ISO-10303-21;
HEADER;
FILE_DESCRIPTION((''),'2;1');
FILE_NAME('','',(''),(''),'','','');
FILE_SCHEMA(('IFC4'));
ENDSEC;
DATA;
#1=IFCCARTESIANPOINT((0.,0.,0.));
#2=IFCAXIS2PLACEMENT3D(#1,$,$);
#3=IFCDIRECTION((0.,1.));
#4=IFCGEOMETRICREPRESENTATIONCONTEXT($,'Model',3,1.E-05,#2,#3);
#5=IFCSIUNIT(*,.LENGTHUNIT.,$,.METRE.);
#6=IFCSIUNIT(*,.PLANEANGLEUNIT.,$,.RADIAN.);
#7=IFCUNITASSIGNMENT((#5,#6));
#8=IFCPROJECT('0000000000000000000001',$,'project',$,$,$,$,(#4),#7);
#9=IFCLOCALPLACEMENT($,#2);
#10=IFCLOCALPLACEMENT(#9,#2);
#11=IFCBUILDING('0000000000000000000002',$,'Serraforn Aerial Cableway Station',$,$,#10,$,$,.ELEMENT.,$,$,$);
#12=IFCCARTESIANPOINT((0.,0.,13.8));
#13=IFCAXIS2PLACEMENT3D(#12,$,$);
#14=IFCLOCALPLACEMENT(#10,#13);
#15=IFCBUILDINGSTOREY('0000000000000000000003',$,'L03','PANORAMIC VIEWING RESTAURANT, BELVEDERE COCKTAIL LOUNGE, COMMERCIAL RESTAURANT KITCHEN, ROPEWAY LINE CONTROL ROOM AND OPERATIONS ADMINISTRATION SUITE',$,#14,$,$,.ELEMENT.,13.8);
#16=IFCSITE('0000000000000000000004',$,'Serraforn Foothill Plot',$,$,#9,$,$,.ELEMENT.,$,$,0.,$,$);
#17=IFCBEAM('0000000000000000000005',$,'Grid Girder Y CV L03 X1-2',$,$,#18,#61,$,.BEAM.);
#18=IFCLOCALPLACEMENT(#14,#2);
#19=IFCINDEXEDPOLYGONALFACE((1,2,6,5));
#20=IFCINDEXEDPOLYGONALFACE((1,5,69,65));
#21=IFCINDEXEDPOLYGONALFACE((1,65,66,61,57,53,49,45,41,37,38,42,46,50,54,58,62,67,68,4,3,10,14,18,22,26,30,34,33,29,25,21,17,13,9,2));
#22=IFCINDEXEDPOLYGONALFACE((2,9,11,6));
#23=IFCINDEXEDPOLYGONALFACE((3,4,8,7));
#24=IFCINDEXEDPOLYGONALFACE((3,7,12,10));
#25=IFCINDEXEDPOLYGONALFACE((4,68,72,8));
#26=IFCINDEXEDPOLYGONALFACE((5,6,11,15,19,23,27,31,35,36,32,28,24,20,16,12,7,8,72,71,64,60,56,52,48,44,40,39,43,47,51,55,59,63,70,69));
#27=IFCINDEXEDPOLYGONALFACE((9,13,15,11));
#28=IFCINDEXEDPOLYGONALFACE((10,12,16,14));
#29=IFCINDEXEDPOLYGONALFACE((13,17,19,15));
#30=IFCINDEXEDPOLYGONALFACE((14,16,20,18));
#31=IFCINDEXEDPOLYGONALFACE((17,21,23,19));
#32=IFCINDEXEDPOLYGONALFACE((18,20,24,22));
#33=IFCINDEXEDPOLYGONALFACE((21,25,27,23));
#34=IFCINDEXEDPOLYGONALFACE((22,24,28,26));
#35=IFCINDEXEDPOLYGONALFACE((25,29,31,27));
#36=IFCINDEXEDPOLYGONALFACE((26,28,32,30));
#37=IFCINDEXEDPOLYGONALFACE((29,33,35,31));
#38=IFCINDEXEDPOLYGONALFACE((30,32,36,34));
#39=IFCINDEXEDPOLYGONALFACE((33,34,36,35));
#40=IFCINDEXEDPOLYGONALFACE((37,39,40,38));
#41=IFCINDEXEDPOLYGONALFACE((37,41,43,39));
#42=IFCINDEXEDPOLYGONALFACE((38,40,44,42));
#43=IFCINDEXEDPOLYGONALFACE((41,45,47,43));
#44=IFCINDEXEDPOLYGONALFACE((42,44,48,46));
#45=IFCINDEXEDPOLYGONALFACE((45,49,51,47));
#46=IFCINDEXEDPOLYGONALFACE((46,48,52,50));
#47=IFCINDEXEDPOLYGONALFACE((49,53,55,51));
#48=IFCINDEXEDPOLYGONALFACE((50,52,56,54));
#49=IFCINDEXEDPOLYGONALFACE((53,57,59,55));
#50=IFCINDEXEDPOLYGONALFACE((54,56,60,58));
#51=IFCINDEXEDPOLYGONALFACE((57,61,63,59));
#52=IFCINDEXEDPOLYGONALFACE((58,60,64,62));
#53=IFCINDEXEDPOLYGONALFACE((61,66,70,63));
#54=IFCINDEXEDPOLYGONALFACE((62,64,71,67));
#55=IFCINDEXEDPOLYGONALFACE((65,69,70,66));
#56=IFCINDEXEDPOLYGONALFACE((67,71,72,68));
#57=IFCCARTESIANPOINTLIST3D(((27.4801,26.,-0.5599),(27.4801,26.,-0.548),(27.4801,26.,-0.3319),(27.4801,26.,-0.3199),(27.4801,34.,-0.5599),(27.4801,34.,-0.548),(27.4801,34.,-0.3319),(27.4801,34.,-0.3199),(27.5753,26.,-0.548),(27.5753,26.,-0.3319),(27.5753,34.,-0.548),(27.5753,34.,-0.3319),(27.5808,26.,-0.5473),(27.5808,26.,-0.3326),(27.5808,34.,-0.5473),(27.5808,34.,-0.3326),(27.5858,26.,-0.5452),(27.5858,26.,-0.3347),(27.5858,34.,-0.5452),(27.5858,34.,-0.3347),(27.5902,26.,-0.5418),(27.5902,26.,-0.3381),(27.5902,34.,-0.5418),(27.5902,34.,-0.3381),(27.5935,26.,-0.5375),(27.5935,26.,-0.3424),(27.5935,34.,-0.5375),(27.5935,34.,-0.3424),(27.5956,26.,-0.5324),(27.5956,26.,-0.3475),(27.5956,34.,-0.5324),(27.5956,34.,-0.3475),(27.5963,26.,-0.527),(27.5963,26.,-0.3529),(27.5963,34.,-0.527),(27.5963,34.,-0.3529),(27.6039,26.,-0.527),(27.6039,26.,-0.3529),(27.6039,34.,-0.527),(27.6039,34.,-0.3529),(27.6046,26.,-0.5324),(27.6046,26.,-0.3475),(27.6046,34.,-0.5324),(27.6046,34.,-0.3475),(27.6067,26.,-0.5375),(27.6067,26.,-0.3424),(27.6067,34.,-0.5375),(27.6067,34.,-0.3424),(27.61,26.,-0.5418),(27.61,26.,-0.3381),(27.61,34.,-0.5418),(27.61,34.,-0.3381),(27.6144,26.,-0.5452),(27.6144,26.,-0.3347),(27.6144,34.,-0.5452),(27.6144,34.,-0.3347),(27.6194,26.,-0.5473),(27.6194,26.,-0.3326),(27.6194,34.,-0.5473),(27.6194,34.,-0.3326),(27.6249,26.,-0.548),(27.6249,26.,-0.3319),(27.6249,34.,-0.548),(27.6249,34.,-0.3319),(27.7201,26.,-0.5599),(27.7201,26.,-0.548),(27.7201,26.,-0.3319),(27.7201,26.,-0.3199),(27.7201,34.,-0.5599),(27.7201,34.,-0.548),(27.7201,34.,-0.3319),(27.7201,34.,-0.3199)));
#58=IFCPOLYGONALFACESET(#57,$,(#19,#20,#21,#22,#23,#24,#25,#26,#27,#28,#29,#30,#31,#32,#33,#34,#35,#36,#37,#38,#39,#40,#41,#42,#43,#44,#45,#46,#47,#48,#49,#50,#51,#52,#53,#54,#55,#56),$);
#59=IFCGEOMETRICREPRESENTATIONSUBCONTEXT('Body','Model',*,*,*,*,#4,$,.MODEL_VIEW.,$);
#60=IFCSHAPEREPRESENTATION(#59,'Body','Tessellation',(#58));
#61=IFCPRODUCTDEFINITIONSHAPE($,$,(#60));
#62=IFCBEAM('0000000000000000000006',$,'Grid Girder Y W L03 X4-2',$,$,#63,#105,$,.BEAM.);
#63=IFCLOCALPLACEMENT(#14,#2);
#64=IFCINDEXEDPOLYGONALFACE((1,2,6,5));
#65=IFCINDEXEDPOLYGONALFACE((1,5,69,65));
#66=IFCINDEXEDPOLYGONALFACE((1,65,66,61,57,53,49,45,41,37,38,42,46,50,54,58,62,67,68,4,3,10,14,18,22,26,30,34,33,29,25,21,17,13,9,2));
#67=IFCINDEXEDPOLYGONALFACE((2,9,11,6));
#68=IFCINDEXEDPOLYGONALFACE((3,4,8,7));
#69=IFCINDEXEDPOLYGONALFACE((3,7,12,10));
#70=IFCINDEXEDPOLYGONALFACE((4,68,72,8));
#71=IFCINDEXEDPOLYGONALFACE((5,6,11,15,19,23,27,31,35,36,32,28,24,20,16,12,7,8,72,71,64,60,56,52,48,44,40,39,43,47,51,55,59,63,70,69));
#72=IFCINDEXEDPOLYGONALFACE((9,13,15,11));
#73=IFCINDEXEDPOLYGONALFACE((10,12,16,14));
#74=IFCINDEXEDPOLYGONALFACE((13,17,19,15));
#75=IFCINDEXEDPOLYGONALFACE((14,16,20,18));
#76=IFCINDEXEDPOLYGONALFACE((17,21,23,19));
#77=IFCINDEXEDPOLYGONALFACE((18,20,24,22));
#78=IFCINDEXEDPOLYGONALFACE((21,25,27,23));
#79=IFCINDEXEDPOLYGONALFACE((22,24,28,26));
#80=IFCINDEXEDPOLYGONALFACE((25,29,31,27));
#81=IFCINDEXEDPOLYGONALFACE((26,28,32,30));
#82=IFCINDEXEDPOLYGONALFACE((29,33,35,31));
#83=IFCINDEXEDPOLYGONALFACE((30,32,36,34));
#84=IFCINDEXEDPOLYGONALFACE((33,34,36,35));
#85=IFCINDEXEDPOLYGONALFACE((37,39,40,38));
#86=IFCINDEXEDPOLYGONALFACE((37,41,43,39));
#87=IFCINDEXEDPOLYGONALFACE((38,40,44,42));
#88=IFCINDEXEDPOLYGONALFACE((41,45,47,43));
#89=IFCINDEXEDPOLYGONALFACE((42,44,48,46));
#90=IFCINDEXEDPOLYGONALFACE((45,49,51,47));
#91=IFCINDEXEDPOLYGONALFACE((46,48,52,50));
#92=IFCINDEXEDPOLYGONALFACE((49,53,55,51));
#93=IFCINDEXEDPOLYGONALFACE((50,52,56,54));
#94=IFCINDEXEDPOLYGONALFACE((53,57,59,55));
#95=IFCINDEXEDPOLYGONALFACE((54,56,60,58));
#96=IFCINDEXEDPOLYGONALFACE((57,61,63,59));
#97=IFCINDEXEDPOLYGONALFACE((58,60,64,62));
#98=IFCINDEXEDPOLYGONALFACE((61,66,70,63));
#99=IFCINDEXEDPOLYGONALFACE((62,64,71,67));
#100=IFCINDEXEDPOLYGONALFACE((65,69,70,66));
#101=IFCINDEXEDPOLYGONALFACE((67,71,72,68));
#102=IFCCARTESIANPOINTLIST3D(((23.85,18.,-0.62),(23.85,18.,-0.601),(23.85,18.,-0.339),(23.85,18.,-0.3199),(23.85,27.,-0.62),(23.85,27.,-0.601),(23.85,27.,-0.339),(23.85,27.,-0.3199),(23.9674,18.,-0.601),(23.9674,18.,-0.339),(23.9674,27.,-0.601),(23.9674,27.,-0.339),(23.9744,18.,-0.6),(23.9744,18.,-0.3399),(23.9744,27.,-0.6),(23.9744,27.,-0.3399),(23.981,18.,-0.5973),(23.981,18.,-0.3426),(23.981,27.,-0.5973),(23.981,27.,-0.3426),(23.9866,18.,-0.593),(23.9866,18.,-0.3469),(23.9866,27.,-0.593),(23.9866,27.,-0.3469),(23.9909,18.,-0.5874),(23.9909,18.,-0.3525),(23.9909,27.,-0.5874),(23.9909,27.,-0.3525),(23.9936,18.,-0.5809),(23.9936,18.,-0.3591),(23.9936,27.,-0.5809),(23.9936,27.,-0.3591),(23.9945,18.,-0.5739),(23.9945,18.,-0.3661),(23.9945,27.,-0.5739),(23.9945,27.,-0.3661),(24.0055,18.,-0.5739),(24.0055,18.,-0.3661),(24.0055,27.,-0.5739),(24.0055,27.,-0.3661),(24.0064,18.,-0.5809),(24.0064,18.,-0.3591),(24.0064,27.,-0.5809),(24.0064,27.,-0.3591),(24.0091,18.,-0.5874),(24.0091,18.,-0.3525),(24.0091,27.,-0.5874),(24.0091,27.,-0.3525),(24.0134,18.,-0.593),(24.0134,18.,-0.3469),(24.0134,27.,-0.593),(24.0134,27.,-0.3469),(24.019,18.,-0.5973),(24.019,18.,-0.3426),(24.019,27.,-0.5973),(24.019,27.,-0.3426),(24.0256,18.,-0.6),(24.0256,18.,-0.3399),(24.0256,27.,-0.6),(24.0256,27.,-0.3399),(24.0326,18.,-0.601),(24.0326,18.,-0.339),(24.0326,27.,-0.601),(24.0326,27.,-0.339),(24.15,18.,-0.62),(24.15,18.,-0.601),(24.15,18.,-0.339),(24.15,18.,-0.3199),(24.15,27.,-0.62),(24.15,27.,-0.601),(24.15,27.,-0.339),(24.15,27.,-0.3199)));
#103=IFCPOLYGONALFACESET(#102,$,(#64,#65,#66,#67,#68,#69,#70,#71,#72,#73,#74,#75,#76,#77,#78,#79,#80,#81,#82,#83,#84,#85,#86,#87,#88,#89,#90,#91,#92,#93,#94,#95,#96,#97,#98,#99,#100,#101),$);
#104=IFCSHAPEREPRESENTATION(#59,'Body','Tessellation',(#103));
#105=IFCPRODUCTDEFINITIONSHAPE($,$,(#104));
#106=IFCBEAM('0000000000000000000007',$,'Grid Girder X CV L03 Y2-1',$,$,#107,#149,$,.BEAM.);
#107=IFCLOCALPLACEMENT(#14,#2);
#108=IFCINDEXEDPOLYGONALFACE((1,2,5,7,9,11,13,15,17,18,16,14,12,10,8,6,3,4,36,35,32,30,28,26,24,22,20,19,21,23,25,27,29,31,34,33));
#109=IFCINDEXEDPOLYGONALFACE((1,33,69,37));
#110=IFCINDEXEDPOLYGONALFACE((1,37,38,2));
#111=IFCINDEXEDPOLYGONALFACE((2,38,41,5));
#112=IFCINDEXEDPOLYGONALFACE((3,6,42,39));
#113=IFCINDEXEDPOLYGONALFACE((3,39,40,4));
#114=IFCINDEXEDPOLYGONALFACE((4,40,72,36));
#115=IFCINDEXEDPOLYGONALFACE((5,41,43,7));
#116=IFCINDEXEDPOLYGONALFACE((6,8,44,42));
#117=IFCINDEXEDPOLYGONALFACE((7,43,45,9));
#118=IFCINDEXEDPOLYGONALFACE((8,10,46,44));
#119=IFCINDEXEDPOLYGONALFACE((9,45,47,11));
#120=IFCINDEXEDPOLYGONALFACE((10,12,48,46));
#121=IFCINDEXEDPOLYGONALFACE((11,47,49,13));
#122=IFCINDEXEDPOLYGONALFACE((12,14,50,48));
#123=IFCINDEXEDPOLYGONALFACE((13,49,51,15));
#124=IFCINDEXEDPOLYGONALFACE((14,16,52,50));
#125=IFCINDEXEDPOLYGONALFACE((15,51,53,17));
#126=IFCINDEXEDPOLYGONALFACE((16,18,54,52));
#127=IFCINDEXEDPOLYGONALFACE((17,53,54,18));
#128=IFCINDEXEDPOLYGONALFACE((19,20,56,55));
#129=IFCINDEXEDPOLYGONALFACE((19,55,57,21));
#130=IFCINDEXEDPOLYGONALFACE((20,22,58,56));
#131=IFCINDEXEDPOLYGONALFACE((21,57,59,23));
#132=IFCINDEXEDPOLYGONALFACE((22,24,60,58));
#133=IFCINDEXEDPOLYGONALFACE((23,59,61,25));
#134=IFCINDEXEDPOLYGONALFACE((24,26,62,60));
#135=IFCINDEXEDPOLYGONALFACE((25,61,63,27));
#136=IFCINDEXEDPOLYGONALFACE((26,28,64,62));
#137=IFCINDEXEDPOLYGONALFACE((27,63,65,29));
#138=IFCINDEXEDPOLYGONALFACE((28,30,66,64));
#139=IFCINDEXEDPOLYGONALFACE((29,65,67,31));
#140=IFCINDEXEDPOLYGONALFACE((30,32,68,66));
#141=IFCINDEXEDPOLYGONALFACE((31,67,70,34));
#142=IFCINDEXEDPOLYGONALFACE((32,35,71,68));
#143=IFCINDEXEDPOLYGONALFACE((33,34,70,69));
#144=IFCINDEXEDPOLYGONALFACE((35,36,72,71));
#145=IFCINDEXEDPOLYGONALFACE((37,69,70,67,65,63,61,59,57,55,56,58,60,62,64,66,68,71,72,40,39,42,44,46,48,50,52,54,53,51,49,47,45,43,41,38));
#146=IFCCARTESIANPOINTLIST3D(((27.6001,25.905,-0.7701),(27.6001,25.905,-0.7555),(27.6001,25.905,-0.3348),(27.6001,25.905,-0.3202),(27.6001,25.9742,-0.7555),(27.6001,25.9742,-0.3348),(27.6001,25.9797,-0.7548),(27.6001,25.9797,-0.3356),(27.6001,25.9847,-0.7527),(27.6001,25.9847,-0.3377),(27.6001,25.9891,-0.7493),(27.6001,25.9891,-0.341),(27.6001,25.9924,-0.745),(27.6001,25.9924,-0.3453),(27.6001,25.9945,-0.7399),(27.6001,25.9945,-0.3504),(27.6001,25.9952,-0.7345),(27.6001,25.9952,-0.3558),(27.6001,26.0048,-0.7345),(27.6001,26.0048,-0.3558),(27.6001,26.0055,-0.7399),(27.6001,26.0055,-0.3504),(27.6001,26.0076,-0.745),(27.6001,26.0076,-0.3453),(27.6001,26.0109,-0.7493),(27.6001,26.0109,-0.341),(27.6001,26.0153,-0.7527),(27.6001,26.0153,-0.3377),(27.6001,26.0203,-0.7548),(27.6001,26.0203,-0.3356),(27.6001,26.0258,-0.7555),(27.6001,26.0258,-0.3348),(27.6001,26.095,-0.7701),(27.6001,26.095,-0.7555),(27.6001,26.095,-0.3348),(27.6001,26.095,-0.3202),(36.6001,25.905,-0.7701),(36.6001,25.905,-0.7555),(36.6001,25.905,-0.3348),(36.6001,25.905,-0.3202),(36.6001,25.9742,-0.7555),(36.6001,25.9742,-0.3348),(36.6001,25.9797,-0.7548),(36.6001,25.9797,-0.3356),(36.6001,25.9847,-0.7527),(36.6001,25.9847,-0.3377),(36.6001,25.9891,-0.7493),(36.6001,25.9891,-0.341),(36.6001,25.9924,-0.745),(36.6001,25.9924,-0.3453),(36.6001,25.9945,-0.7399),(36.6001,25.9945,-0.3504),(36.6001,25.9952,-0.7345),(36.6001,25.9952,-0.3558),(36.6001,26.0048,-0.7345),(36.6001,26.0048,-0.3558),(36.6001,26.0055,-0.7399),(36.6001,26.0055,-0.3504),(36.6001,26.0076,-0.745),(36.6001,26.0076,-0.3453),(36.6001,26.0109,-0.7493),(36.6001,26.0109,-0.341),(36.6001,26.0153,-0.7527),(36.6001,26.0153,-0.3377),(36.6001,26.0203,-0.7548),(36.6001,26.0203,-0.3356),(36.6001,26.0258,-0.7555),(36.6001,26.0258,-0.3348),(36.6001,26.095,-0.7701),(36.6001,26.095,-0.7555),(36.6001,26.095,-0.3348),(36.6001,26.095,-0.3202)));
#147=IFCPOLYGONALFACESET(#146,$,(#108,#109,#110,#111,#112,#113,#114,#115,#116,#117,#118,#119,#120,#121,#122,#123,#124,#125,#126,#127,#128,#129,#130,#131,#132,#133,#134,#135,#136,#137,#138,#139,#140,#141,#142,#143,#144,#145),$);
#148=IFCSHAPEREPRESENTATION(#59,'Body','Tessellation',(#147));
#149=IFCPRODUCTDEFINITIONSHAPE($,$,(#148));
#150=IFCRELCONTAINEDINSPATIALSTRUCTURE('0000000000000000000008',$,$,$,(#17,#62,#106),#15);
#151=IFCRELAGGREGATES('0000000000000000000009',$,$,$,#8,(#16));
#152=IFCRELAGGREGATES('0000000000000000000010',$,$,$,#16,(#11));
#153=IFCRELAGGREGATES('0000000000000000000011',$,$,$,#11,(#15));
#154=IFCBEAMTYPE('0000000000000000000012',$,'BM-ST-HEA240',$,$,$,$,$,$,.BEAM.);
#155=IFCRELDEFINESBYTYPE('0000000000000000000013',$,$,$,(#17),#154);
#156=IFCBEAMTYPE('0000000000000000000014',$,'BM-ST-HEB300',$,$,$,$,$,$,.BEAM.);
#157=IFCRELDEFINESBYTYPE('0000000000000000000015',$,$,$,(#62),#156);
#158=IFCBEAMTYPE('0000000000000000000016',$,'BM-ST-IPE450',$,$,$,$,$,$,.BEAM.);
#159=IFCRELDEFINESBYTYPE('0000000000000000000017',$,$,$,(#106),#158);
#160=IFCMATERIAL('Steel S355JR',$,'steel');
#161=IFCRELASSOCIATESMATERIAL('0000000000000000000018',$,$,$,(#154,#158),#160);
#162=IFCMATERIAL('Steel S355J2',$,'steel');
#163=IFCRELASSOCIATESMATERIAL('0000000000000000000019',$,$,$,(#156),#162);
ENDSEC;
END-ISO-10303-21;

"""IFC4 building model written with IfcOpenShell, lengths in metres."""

from ifc_helpers import new_model, si_unit, direction, frame, origin, origin_2d, place, context, subcontext, project, spatial, i_section, extrude, material, material_profile, profile_set, type_object, element, save


model = new_model("IFC4")

# Units and contexts
model_context = context("Model", 3, precision=1e-05, world=origin(), true_north=direction((0.0, 1.0)))
body_context = subcontext(model_context, "Body", "Model", "MODEL_VIEW")
ifc_project = project(units=[si_unit("LENGTHUNIT", "METRE"), si_unit("PLANEANGLEUNIT", "RADIAN")], contexts=[model_context])

# Site, building, storey
site_placement = place(None, origin())
site = spatial("IfcSite", under=ifc_project, at=site_placement, Name="Serraforn Foothill Plot", CompositionType="ELEMENT", RefElevation=0.0)
building_placement = place(site_placement, origin())
building = spatial("IfcBuilding", under=site, at=building_placement, Name="Serraforn Aerial Cableway Station", CompositionType="ELEMENT")
storey_placement = place(building_placement, frame((0.0, 0.0, 13.8)))
storey = spatial("IfcBuildingStorey", under=building, at=storey_placement, Name="L03", Description="PANORAMIC VIEWING RESTAURANT, BELVEDERE COCKTAIL LOUNGE, COMMERCIAL RESTAURANT KITCHEN, ROPEWAY LINE CONTROL ROOM AND OPERATIONS ADMINISTRATION SUITE", CompositionType="ELEMENT", Elevation=13.8)

# Shared definitions
ifc_material_1 = material(Name="Steel S355JR", Category="steel")
ifc_material_2 = material(Name="Steel S355J2", Category="steel")

# Beams
ifc_material_profile_1 = material_profile(ifc_material_1, i_section(OverallWidth=0.24, OverallDepth=0.24, WebThickness=0.0076, FlangeThickness=0.012, FilletRadius=0.021, at=origin_2d()), Name="HEA 240")
ifc_profile_set_1 = profile_set([ifc_material_profile_1], Name="Steel S355JR")
beam_type_1 = type_object("IfcBeamType", Name="BM-ST-HEA240", PredefinedType="BEAM", material=ifc_profile_set_1)
for number, where, z_axis, x_axis, name in (
    (1, (27.6001, 26.0, -0.4399), (0.0, 1.0, 0.0), (-1.0, 0.0, 0.0), "Grid Girder Y CV L03 X1-2"),
):
    element("IfcBeam", number, at=place(storey_placement, frame(where, z_axis=z_axis, x_axis=x_axis)), inside=storey, type_object=beam_type_1, Name=name, PredefinedType="BEAM", context=body_context, shape_type="SweptSolid", body=[
        extrude(i_section(OverallWidth=0.24, OverallDepth=0.24, WebThickness=0.0076, FlangeThickness=0.012, FilletRadius=0.021, at=origin_2d()), origin(), (0.0, 0.0, 1.0), 8.0),
    ])
ifc_material_profile_2 = material_profile(ifc_material_2, i_section(OverallWidth=0.3, OverallDepth=0.3, WebThickness=0.011, FlangeThickness=0.019, FilletRadius=0.0271, at=origin_2d()), Name="HEB 300")
ifc_profile_set_2 = profile_set([ifc_material_profile_2], Name="Steel S355J2")
beam_type_2 = type_object("IfcBeamType", Name="BM-ST-HEB300", PredefinedType="BEAM", material=ifc_profile_set_2)
beam_1_placement = place(storey_placement, frame((24.0, 18.0, -0.47), z_axis=(0.0, 1.0, 0.0), x_axis=(-1.0, 0.0, 0.0)))
element("IfcBeam", 2, at=beam_1_placement, inside=storey, type_object=beam_type_2, Name="Grid Girder Y W L03 X4-2", PredefinedType="BEAM", context=body_context, shape_type="SweptSolid", body=[
    extrude(i_section(OverallWidth=0.3, OverallDepth=0.3, WebThickness=0.011, FlangeThickness=0.019, FilletRadius=0.0271, at=origin_2d()), origin(), (0.0, 0.0, 1.0), 9.0),
])
ifc_material_profile_3 = material_profile(ifc_material_1, i_section(OverallWidth=0.1899, OverallDepth=0.45, WebThickness=0.0095, FlangeThickness=0.0146, FilletRadius=0.021, at=origin_2d()), Name="IPE 450")
ifc_profile_set_3 = profile_set([ifc_material_profile_3], Name="Steel S355JR")
beam_type_3 = type_object("IfcBeamType", Name="BM-ST-IPE450", PredefinedType="BEAM", material=ifc_profile_set_3)
beam_2_placement = place(storey_placement, frame((27.6001, 26.0, -0.5452), z_axis=(1.0, 0.0, 0.0), x_axis=(0.0, 1.0, 0.0)))
element("IfcBeam", 3, at=beam_2_placement, inside=storey, type_object=beam_type_3, Name="Grid Girder X CV L03 Y2-1", PredefinedType="BEAM", context=body_context, shape_type="SweptSolid", body=[
    extrude(i_section(OverallWidth=0.1899, OverallDepth=0.45, WebThickness=0.0095, FlangeThickness=0.0146, FilletRadius=0.021, at=origin_2d()), origin(), (0.0, 0.0, 1.0), 9.0),
])

save(model, "model.ifc")
